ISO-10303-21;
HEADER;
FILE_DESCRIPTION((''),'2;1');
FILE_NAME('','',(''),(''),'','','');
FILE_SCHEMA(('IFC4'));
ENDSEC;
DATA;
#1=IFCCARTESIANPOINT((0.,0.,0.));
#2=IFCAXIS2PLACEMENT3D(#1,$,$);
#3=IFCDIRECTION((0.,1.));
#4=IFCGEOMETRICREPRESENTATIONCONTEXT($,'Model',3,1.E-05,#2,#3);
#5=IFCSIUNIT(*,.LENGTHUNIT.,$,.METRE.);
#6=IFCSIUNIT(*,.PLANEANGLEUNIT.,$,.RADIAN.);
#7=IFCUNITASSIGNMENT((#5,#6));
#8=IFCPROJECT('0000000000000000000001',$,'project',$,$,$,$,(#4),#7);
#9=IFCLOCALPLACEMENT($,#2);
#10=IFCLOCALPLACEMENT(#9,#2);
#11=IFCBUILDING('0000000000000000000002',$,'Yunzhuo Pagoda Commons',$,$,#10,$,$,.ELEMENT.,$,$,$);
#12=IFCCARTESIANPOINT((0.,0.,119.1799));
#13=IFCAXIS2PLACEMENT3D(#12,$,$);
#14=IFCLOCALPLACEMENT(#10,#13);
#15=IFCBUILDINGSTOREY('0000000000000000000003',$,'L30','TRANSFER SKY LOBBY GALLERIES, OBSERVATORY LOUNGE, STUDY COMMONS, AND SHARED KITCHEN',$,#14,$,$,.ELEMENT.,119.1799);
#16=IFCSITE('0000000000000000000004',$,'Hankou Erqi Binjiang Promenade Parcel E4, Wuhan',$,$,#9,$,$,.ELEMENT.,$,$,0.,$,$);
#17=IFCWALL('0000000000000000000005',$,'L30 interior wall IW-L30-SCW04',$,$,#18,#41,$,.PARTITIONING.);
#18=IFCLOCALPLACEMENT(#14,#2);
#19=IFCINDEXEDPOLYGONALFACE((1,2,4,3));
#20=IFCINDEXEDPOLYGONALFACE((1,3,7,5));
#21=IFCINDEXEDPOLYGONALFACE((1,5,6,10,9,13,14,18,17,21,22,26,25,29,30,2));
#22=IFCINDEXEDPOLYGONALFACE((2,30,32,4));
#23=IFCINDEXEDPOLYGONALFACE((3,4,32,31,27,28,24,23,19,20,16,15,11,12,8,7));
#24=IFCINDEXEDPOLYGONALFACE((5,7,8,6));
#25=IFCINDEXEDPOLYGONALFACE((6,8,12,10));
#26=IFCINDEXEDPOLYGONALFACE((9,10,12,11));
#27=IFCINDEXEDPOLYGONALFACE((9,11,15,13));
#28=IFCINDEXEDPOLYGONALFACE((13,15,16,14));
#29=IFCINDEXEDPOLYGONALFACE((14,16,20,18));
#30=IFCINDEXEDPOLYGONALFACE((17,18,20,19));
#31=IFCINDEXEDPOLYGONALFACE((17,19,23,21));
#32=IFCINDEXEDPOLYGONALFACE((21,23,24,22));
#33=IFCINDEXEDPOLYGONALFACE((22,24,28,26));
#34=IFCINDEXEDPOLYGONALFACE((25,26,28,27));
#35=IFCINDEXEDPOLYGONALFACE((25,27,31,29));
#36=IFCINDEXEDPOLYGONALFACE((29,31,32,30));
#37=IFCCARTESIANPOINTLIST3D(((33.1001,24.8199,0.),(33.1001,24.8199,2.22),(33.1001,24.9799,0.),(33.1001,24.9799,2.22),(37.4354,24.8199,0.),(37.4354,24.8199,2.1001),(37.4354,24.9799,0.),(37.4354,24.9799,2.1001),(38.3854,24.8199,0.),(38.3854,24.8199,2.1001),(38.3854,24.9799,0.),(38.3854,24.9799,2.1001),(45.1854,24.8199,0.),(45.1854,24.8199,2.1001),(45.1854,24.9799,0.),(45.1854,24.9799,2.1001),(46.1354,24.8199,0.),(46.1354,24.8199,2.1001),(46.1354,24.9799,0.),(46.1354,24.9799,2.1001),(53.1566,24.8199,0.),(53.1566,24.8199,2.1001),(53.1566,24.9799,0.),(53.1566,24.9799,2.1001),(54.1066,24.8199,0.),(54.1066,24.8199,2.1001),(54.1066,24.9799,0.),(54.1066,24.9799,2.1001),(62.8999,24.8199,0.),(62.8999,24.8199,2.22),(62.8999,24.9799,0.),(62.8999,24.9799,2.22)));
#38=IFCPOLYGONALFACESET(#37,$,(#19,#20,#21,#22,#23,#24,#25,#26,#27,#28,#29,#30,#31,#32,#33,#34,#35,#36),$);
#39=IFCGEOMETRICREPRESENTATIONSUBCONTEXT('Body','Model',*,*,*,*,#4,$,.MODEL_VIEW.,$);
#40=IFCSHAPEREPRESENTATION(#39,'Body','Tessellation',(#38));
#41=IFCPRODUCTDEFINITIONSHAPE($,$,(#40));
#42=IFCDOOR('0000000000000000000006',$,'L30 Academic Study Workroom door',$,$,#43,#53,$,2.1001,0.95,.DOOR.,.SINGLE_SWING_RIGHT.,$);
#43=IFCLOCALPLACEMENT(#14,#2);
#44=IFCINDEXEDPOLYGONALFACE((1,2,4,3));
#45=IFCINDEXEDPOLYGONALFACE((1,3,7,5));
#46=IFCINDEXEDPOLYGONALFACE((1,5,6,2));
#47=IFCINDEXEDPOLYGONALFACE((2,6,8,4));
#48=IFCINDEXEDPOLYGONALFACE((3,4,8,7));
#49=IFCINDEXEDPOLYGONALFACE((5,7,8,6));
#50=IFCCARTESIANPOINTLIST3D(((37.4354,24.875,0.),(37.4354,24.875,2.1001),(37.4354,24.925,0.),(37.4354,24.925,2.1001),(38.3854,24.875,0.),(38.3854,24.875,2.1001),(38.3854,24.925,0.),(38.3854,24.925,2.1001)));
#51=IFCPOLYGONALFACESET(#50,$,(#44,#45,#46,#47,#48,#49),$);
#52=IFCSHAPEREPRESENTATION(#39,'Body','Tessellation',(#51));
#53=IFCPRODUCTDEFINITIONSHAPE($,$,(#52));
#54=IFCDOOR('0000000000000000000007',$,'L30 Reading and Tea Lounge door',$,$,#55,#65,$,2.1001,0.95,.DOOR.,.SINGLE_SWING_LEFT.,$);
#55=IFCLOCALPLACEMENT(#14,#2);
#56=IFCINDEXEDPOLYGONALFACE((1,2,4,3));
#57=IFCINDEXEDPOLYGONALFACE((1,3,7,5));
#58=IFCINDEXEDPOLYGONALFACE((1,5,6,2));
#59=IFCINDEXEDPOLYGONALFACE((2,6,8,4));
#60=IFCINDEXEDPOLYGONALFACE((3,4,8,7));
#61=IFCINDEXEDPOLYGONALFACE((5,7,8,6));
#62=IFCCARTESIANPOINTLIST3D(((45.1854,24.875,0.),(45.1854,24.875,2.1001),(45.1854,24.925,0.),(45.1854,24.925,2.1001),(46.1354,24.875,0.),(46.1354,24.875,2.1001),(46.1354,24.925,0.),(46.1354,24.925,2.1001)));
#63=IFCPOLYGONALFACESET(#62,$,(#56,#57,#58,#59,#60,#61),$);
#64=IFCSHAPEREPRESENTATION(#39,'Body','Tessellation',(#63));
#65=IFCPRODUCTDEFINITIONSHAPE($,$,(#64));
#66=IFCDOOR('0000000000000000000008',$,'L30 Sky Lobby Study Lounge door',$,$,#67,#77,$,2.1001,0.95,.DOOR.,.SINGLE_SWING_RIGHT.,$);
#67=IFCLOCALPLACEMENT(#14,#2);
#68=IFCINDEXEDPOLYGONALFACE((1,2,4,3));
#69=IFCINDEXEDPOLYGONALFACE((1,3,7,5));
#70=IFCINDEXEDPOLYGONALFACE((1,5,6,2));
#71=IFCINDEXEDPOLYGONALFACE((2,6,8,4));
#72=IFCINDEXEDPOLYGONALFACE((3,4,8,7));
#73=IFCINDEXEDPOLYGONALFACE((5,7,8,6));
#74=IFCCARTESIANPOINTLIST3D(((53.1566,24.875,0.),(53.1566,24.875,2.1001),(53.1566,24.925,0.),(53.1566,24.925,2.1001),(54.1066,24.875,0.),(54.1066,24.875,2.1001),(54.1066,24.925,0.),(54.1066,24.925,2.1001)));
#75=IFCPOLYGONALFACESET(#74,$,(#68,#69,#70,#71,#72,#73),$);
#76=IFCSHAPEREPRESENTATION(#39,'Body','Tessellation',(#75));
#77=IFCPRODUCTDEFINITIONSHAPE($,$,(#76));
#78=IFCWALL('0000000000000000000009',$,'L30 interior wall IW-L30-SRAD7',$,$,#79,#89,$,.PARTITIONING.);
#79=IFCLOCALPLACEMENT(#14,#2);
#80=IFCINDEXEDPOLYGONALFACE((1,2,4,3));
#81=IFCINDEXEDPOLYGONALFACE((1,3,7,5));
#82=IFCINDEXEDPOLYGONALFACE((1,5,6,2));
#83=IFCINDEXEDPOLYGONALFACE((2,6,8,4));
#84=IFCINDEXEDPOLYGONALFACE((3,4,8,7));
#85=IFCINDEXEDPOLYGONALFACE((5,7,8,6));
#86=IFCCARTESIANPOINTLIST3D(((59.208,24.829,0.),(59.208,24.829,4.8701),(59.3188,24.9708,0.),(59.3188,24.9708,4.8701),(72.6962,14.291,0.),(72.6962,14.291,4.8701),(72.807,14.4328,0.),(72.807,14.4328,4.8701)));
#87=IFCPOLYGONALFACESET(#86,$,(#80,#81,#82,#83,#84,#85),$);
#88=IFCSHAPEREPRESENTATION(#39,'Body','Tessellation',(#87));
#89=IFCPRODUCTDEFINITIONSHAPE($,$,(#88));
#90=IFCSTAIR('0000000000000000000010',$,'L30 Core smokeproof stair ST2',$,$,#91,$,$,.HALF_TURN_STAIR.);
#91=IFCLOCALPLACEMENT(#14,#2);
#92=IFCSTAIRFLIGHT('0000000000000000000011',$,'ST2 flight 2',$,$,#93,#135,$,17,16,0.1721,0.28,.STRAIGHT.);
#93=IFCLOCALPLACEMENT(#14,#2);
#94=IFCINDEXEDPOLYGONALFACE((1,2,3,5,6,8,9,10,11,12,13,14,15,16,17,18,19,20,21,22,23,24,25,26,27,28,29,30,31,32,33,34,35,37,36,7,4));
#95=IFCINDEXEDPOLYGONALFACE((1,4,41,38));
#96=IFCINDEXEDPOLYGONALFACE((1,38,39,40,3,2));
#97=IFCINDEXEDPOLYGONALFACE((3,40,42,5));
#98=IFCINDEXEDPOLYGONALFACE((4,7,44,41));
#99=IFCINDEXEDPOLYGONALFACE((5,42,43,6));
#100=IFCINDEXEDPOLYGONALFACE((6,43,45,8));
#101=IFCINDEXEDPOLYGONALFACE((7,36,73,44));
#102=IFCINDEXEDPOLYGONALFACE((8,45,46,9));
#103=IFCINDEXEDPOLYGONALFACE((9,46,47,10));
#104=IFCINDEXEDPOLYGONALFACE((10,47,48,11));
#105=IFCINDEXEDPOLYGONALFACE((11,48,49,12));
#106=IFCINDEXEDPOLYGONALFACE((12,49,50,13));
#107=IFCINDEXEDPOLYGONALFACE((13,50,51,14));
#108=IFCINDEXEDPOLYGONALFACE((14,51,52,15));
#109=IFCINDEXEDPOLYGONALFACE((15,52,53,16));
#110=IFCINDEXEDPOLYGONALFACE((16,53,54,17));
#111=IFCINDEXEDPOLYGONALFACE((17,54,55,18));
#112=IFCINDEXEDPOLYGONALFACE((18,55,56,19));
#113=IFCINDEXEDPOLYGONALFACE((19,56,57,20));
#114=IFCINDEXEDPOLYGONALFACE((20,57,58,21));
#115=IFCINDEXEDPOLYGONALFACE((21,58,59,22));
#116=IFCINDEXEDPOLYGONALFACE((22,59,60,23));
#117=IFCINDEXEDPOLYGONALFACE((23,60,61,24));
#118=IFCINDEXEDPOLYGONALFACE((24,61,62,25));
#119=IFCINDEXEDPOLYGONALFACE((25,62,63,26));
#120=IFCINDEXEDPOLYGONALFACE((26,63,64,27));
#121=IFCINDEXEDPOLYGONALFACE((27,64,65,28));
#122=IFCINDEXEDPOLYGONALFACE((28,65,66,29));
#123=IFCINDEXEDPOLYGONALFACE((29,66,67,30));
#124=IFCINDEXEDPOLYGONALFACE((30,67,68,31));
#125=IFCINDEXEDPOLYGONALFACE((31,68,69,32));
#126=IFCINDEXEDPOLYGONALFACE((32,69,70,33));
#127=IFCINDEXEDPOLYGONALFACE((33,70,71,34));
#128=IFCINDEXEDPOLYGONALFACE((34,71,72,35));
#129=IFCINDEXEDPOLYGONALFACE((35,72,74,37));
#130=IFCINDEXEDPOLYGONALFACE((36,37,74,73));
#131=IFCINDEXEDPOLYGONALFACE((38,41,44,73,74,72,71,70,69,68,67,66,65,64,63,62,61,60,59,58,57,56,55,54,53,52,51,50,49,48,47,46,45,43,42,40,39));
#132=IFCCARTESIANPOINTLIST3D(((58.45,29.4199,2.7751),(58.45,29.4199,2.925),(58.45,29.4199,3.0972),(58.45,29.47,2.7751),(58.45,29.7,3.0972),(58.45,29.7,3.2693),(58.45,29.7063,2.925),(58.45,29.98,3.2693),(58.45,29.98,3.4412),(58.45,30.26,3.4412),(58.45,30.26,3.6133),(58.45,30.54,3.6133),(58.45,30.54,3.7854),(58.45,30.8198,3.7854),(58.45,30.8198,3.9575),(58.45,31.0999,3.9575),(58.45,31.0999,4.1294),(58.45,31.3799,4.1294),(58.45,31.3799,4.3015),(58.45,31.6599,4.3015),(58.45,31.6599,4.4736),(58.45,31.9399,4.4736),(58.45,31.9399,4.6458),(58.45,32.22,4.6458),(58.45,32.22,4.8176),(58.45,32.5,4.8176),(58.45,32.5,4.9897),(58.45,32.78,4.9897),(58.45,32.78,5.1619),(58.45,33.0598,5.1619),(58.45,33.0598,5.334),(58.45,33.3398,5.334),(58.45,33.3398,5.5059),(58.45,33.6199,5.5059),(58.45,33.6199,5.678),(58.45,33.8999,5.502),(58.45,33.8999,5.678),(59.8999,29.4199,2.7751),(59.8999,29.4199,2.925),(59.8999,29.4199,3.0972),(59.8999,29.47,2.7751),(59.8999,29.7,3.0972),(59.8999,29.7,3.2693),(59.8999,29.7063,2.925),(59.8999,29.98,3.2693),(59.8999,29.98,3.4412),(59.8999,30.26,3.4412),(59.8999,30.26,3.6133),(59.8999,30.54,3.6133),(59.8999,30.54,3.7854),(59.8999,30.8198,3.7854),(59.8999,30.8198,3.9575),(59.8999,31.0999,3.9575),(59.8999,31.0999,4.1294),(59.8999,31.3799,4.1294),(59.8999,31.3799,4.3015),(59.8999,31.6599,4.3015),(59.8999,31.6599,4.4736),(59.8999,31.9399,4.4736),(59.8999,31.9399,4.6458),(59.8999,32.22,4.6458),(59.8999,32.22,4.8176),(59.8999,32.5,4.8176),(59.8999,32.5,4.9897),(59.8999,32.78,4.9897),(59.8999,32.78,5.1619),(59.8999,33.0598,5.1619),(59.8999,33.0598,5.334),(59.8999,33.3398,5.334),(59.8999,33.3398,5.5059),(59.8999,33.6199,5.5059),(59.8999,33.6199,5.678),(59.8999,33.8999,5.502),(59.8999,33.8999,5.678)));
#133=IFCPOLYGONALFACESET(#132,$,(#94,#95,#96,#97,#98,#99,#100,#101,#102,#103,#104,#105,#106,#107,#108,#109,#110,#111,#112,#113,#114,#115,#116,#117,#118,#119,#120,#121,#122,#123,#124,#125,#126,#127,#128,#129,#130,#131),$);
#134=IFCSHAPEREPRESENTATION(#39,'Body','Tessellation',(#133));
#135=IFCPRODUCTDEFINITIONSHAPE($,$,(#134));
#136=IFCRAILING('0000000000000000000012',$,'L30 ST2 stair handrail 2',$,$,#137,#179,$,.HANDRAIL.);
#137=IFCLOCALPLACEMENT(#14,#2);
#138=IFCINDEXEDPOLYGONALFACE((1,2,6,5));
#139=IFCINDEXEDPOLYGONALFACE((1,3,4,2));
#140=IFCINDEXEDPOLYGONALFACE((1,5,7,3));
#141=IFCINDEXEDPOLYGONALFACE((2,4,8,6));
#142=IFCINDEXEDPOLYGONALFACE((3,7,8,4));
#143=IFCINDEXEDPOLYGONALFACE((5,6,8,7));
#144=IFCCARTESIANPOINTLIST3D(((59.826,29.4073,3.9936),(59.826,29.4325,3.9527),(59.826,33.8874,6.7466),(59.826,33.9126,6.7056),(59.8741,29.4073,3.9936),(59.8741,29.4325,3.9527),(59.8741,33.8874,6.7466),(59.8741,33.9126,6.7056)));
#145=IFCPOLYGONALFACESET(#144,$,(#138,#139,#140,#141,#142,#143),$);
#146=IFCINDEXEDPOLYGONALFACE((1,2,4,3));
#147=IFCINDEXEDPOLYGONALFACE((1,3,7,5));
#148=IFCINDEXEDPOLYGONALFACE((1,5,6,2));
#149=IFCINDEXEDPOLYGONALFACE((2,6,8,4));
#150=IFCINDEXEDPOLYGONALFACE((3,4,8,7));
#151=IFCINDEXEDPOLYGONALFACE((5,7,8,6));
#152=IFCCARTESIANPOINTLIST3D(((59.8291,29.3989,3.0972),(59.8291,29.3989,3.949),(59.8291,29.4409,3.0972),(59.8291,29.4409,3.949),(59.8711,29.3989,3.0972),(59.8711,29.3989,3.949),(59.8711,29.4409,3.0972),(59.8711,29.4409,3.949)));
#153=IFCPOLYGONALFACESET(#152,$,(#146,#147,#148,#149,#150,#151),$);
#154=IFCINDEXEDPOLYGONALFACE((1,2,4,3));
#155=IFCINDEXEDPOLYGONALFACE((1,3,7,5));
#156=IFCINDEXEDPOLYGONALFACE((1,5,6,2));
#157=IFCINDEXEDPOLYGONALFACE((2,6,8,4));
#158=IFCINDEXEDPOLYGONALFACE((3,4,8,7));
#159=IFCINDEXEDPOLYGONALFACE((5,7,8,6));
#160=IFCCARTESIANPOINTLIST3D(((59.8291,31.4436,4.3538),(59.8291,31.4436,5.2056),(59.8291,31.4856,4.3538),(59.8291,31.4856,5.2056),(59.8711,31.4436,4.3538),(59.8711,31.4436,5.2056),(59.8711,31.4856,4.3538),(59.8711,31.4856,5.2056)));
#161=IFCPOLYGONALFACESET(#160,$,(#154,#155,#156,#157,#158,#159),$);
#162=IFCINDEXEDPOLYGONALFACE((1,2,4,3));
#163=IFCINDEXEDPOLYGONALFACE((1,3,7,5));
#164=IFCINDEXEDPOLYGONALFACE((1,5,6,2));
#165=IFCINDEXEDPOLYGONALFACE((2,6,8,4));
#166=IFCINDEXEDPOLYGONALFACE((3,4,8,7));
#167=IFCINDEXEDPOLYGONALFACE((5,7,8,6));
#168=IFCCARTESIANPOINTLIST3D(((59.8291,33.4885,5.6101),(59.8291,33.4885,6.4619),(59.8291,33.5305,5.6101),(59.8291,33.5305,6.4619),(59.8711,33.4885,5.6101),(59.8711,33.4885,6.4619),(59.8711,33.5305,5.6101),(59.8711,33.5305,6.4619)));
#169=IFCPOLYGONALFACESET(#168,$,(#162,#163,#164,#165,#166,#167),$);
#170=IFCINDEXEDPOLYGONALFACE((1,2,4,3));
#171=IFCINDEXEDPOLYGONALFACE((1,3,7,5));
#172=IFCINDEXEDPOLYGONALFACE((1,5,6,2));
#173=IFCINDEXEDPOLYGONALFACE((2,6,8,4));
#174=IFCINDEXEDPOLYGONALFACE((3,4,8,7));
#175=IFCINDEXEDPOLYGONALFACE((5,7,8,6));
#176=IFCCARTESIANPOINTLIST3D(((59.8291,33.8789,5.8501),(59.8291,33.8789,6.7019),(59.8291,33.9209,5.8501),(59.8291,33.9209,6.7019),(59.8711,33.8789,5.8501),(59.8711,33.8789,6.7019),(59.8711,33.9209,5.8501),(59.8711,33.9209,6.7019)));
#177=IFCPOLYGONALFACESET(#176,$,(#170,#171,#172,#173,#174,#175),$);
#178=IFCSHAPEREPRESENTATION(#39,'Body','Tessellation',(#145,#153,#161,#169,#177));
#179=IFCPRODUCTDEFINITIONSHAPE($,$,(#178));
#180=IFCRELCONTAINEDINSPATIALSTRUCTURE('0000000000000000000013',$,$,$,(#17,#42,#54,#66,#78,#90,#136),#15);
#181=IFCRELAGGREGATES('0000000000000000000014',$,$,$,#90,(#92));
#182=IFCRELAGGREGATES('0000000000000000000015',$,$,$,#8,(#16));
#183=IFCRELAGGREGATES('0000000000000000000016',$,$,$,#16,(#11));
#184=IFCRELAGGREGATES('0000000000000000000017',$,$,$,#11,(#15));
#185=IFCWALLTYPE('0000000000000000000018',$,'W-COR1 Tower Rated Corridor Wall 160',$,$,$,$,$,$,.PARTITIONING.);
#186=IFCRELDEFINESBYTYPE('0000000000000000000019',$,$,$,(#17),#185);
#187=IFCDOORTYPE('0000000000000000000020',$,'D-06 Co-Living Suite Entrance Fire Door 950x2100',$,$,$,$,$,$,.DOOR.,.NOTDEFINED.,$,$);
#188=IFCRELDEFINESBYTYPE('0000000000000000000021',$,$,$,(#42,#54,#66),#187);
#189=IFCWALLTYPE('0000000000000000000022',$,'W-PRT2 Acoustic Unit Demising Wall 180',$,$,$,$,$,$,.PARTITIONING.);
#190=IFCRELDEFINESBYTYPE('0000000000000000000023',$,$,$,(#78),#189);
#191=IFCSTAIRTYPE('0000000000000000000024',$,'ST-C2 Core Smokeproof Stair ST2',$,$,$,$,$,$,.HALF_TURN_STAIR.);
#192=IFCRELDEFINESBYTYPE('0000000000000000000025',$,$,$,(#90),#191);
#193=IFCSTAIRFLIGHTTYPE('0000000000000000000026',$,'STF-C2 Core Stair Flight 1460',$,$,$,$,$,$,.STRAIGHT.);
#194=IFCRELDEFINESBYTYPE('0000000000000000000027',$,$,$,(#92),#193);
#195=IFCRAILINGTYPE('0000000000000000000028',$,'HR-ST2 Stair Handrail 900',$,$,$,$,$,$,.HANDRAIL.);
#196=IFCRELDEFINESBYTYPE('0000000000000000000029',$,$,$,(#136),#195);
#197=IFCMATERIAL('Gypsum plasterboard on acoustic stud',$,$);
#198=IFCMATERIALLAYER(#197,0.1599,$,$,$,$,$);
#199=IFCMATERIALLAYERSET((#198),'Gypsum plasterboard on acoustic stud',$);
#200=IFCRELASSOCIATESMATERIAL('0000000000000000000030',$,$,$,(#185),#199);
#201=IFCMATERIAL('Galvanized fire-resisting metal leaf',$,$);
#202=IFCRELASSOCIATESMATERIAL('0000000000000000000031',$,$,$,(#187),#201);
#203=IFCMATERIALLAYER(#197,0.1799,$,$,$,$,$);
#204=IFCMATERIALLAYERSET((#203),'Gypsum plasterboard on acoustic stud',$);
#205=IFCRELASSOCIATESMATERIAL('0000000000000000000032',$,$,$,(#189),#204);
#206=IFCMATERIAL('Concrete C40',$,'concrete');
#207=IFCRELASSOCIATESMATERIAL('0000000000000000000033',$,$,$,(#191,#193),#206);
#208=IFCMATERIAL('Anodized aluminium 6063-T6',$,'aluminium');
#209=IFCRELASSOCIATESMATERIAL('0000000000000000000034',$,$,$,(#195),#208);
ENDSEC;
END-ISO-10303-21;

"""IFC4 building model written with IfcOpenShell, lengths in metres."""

from ifc_helpers import new_model, si_unit, direction, frame, frame_2d, origin, origin_with_axes, origin_2d, place, context, subcontext, project, spatial, polyline, rectangle, outline, extrude, source, transform, mapped, material, layer, layer_set, type_object, element, fill, aggregate, save


model = new_model("IFC4")

# Units and contexts
model_context = context("Model", 3, precision=1e-05, world=origin(), true_north=direction((0.0, 1.0)))
body_context = subcontext(model_context, "Body", "Model", "MODEL_VIEW")
ifc_project = project(units=[si_unit("LENGTHUNIT", "METRE"), si_unit("PLANEANGLEUNIT", "RADIAN")], contexts=[model_context])

# Site, building, storey
site_placement = place(None, origin())
site = spatial("IfcSite", under=ifc_project, at=site_placement, Name="Hankou Erqi Binjiang Promenade Parcel E4, Wuhan", CompositionType="ELEMENT", RefElevation=0.0)
building_placement = place(site_placement, origin())
building = spatial("IfcBuilding", under=site, at=building_placement, Name="Yunzhuo Pagoda Commons", CompositionType="ELEMENT")
storey_placement = place(building_placement, frame((0.0, 0.0, 119.1799)))
storey = spatial("IfcBuildingStorey", under=building, at=storey_placement, Name="L30", Description="TRANSFER SKY LOBBY GALLERIES, OBSERVATORY LOUNGE, STUDY COMMONS, AND SHARED KITCHEN", CompositionType="ELEMENT", Elevation=119.1799)

# Shared definitions
ifc_material_1 = material(Name="Anodized aluminium 6063-T6", Category="aluminium")

# Wall, openings, doors
ifc_material_2 = material(Name="Gypsum plasterboard on acoustic stud")
ifc_layer_1 = layer(ifc_material_2, 0.1599)
ifc_layer_set_1 = layer_set([ifc_layer_1], Name="Gypsum plasterboard on acoustic stud")
wall_type_1 = type_object("IfcWallType", Name="W-COR1 Tower Rated Corridor Wall 160", PredefinedType="PARTITIONING", material=ifc_layer_set_1)
wall_1_placement = place(storey_placement, frame((62.8999, 24.8999, 0.0), z_axis=(0.0, 0.0, 1.0), x_axis=(-1.0, 0.0, 0.0)))
wall_1 = element("IfcWall", 1, at=wall_1_placement, inside=storey, type_object=wall_type_1, Name="L30 interior wall IW-L30-SCW04", PredefinedType="PARTITIONING", context=body_context, shape_type="SweptSolid", body=[
    extrude(rectangle(XDim=29.7998, YDim=0.1599, at=frame_2d((14.8999, 0.0))), origin(), (0.0, 0.0, 1.0), 2.22),
])
opening_1_placement = place(wall_1_placement, frame((24.5144, 0.0, 0.0)))
opening_1 = element("IfcOpeningElement", 2, at=opening_1_placement, cuts=wall_1, PredefinedType="OPENING", context=body_context, shape_type="SweptSolid", body=[
    extrude(rectangle(XDim=0.95, YDim=2.1001, at=frame_2d((0.4751, 1.05))), frame((0.0, 0.0898, 0.0), z_axis=(0.0, -1.0, 0.0), x_axis=(1.0, 0.0, 0.0)), (0.0, 0.0, 1.0), 0.1799),
])
opening_2_placement = place(wall_1_placement, frame((16.7644, 0.0, 0.0)))
opening_2 = element("IfcOpeningElement", 3, at=opening_2_placement, cuts=wall_1, PredefinedType="OPENING", context=body_context, shape_type="SweptSolid", body=[
    extrude(rectangle(XDim=0.95, YDim=2.1001, at=frame_2d((0.4751, 1.05))), frame((0.0, 0.0898, 0.0), z_axis=(0.0, -1.0, 0.0), x_axis=(1.0, 0.0, 0.0)), (0.0, 0.0, 1.0), 0.1799),
])
opening_3_placement = place(wall_1_placement, frame((8.7932, 0.0, 0.0)))
opening_3 = element("IfcOpeningElement", 4, at=opening_3_placement, cuts=wall_1, PredefinedType="OPENING", context=body_context, shape_type="SweptSolid", body=[
    extrude(rectangle(XDim=0.95, YDim=2.1001, at=frame_2d((0.4751, 1.05))), frame((0.0, 0.0898, 0.0), z_axis=(0.0, -1.0, 0.0), x_axis=(1.0, 0.0, 0.0)), (0.0, 0.0, 1.0), 0.1799),
])
ifc_material_3 = material(Name="Galvanized fire-resisting metal leaf")
door_type = type_object("IfcDoorType", Name="D-06 Co-Living Suite Entrance Fire Door 950x2100", OperationType="NOTDEFINED", PredefinedType="DOOR", material=ifc_material_3)
shared_shape_1 = source(origin(), body_context, "Body", "SweptSolid", [
    extrude(rectangle(XDim=0.95, YDim=2.1001, at=frame_2d((0.4751, 1.05))), frame((0.0, 0.0249, 0.0), z_axis=(0.0, -1.0, 0.0), x_axis=(1.0, 0.0, 0.0)), (0.0, 0.0, 1.0), 0.05),
])
door_1_placement = place(opening_1_placement, origin_with_axes())
door_1 = element("IfcDoor", 5, at=door_1_placement, inside=storey, type_object=door_type, Name="L30 Academic Study Workroom door", OperationType="SINGLE_SWING_RIGHT", OverallHeight=2.1001, OverallWidth=0.95, PredefinedType="DOOR", context=body_context, shape_type="MappedRepresentation", body=[
    mapped(shared_shape_1, transform((0.0, 0.0, 0.0), scale=1.0)),
])
fill(opening_1, door_1)
door_2_placement = place(opening_2_placement, origin_with_axes())
door_2 = element("IfcDoor", 6, at=door_2_placement, inside=storey, type_object=door_type, Name="L30 Reading and Tea Lounge door", OperationType="SINGLE_SWING_LEFT", OverallHeight=2.1001, OverallWidth=0.95, PredefinedType="DOOR", context=body_context, shape_type="MappedRepresentation", body=[
    mapped(shared_shape_1, transform((0.0, 0.0, 0.0), scale=1.0)),
])
fill(opening_2, door_2)
door_3_placement = place(opening_3_placement, origin_with_axes())
door_3 = element("IfcDoor", 7, at=door_3_placement, inside=storey, type_object=door_type, Name="L30 Sky Lobby Study Lounge door", OperationType="SINGLE_SWING_RIGHT", OverallHeight=2.1001, OverallWidth=0.95, PredefinedType="DOOR", context=body_context, shape_type="MappedRepresentation", body=[
    mapped(shared_shape_1, transform((0.0, 0.0, 0.0), scale=1.0)),
])
fill(opening_3, door_3)

# Wall
ifc_layer_2 = layer(ifc_material_2, 0.1799)
ifc_layer_set_2 = layer_set([ifc_layer_2], Name="Gypsum plasterboard on acoustic stud")
wall_type_2 = type_object("IfcWallType", Name="W-PRT2 Acoustic Unit Demising Wall 180", PredefinedType="PARTITIONING", material=ifc_layer_set_2)
wall_2_placement = place(storey_placement, frame((59.2634, 24.8999, 0.0), z_axis=(0.0, 0.0, 1.0), x_axis=(0.788014, -0.615657, 0.0)))
element("IfcWall", 8, at=wall_2_placement, inside=storey, type_object=wall_type_2, Name="L30 interior wall IW-L30-SRAD7", PredefinedType="PARTITIONING", context=body_context, shape_type="SweptSolid", body=[
    extrude(rectangle(XDim=17.1167, YDim=0.1799, at=frame_2d((8.5583, 0.0))), origin(), (0.0, 0.0, 1.0), 4.8701),
])

# Stair, stair flight
ifc_material_4 = material(Name="Concrete C40", Category="concrete")
stair_type = type_object("IfcStairType", Name="ST-C2 Core Smokeproof Stair ST2", PredefinedType="HALF_TURN_STAIR", material=ifc_material_4)
stair_placement = place(storey_placement, origin())
stair = element("IfcStair", 9, at=stair_placement, inside=storey, type_object=stair_type, Name="L30 Core smokeproof stair ST2", PredefinedType="HALF_TURN_STAIR")
stair_flight_type = type_object("IfcStairFlightType", Name="STF-C2 Core Stair Flight 1460", PredefinedType="STRAIGHT", material=ifc_material_4)
shared_shape_2 = source(origin(), body_context, "Body", "SweptSolid", [
    extrude(outline(polyline([(0.0, -0.1499), (0.0, 0.0), (0.0, 0.1721), (0.28, 0.1721), (0.28, 0.3442), (0.5601, 0.3442), (0.5601, 0.5161), (0.8401, 0.5161), (0.8401, 0.6882), (1.1201, 0.6882), (1.1201, 0.8604), (1.3999, 0.8604), (1.3999, 1.0325), (1.6799, 1.0325), (1.6799, 1.2043), (1.96, 1.2043), (1.96, 1.3765), (2.24, 1.3765), (2.24, 1.5486), (2.52, 1.5486), (2.52, 1.7207), (2.8, 1.7207), (2.8, 1.8926), (3.0801, 1.8926), (3.0801, 2.0647), (3.3601, 2.0647), (3.3601, 2.2368), (3.6399, 2.2368), (3.6399, 2.4089), (3.9199, 2.4089), (3.9199, 2.5808), (4.2, 2.5808), (4.2, 2.7529), (4.48, 2.7529), (4.48, 2.925), (4.48, 2.5769), (0.2864, 0.0), (0.05, -0.1499), (0.0, -0.1499)])), frame((0.0, 0.7251, 0.0), z_axis=(0.0, -1.0, 0.0), x_axis=(1.0, 0.0, 0.0)), (0.0, 0.0, 1.0), 1.45),
])
stair_flight_placement = place(storey_placement, frame((59.175, 29.4199, 2.925), z_axis=(0.0, 0.0, 1.0), x_axis=(0.0, 1.0, 0.0)))
stair_flight = element("IfcStairFlight", 10, at=stair_flight_placement, type_object=stair_flight_type, Name="ST2 flight 2", NumberOfRisers=17, NumberOfTreads=16, PredefinedType="STRAIGHT", RiserHeight=0.1721, TreadLength=0.28, context=body_context, shape_type="MappedRepresentation", body=[
    mapped(shared_shape_2, transform((0.0, 0.0, 0.0), scale=1.0)),
])
aggregate(stair, [stair_flight])

# Railing
railing_type = type_object("IfcRailingType", Name="HR-ST2 Stair Handrail 900", PredefinedType="HANDRAIL", material=ifc_material_1)
railing_placement = place(storey_placement, frame((59.8501, 29.4199, 3.0972)))
element("IfcRailing", 11, at=railing_placement, inside=storey, type_object=railing_type, Name="L30 ST2 stair handrail 2", PredefinedType="HANDRAIL", context=body_context, shape_type="SweptSolid", body=[
    extrude(rectangle(XDim=0.0481, YDim=0.0481, at=origin_2d()), frame((0.0, 0.0, 0.876), z_axis=(0.0, 0.851996, 0.523548), x_axis=(-1.0, 0.0, 0.0)), (0.0, 0.0, 1.0), 5.2583),
    extrude(rectangle(XDim=0.042, YDim=0.042, at=origin_2d()), origin(), (0.0, 0.0, 1.0), 0.8518),
    extrude(rectangle(XDim=0.042, YDim=0.042, at=origin_2d()), frame((0.0, 2.0447, 1.2566)), (0.0, 0.0, 1.0), 0.8518),
    extrude(rectangle(XDim=0.042, YDim=0.042, at=origin_2d()), frame((0.0, 4.0896, 2.5129)), (0.0, 0.0, 1.0), 0.8518),
    extrude(rectangle(XDim=0.042, YDim=0.042, at=origin_2d()), frame((0.0, 4.48, 2.7529)), (0.0, 0.0, 1.0), 0.8518),
])

save(model, "model.ifc")
